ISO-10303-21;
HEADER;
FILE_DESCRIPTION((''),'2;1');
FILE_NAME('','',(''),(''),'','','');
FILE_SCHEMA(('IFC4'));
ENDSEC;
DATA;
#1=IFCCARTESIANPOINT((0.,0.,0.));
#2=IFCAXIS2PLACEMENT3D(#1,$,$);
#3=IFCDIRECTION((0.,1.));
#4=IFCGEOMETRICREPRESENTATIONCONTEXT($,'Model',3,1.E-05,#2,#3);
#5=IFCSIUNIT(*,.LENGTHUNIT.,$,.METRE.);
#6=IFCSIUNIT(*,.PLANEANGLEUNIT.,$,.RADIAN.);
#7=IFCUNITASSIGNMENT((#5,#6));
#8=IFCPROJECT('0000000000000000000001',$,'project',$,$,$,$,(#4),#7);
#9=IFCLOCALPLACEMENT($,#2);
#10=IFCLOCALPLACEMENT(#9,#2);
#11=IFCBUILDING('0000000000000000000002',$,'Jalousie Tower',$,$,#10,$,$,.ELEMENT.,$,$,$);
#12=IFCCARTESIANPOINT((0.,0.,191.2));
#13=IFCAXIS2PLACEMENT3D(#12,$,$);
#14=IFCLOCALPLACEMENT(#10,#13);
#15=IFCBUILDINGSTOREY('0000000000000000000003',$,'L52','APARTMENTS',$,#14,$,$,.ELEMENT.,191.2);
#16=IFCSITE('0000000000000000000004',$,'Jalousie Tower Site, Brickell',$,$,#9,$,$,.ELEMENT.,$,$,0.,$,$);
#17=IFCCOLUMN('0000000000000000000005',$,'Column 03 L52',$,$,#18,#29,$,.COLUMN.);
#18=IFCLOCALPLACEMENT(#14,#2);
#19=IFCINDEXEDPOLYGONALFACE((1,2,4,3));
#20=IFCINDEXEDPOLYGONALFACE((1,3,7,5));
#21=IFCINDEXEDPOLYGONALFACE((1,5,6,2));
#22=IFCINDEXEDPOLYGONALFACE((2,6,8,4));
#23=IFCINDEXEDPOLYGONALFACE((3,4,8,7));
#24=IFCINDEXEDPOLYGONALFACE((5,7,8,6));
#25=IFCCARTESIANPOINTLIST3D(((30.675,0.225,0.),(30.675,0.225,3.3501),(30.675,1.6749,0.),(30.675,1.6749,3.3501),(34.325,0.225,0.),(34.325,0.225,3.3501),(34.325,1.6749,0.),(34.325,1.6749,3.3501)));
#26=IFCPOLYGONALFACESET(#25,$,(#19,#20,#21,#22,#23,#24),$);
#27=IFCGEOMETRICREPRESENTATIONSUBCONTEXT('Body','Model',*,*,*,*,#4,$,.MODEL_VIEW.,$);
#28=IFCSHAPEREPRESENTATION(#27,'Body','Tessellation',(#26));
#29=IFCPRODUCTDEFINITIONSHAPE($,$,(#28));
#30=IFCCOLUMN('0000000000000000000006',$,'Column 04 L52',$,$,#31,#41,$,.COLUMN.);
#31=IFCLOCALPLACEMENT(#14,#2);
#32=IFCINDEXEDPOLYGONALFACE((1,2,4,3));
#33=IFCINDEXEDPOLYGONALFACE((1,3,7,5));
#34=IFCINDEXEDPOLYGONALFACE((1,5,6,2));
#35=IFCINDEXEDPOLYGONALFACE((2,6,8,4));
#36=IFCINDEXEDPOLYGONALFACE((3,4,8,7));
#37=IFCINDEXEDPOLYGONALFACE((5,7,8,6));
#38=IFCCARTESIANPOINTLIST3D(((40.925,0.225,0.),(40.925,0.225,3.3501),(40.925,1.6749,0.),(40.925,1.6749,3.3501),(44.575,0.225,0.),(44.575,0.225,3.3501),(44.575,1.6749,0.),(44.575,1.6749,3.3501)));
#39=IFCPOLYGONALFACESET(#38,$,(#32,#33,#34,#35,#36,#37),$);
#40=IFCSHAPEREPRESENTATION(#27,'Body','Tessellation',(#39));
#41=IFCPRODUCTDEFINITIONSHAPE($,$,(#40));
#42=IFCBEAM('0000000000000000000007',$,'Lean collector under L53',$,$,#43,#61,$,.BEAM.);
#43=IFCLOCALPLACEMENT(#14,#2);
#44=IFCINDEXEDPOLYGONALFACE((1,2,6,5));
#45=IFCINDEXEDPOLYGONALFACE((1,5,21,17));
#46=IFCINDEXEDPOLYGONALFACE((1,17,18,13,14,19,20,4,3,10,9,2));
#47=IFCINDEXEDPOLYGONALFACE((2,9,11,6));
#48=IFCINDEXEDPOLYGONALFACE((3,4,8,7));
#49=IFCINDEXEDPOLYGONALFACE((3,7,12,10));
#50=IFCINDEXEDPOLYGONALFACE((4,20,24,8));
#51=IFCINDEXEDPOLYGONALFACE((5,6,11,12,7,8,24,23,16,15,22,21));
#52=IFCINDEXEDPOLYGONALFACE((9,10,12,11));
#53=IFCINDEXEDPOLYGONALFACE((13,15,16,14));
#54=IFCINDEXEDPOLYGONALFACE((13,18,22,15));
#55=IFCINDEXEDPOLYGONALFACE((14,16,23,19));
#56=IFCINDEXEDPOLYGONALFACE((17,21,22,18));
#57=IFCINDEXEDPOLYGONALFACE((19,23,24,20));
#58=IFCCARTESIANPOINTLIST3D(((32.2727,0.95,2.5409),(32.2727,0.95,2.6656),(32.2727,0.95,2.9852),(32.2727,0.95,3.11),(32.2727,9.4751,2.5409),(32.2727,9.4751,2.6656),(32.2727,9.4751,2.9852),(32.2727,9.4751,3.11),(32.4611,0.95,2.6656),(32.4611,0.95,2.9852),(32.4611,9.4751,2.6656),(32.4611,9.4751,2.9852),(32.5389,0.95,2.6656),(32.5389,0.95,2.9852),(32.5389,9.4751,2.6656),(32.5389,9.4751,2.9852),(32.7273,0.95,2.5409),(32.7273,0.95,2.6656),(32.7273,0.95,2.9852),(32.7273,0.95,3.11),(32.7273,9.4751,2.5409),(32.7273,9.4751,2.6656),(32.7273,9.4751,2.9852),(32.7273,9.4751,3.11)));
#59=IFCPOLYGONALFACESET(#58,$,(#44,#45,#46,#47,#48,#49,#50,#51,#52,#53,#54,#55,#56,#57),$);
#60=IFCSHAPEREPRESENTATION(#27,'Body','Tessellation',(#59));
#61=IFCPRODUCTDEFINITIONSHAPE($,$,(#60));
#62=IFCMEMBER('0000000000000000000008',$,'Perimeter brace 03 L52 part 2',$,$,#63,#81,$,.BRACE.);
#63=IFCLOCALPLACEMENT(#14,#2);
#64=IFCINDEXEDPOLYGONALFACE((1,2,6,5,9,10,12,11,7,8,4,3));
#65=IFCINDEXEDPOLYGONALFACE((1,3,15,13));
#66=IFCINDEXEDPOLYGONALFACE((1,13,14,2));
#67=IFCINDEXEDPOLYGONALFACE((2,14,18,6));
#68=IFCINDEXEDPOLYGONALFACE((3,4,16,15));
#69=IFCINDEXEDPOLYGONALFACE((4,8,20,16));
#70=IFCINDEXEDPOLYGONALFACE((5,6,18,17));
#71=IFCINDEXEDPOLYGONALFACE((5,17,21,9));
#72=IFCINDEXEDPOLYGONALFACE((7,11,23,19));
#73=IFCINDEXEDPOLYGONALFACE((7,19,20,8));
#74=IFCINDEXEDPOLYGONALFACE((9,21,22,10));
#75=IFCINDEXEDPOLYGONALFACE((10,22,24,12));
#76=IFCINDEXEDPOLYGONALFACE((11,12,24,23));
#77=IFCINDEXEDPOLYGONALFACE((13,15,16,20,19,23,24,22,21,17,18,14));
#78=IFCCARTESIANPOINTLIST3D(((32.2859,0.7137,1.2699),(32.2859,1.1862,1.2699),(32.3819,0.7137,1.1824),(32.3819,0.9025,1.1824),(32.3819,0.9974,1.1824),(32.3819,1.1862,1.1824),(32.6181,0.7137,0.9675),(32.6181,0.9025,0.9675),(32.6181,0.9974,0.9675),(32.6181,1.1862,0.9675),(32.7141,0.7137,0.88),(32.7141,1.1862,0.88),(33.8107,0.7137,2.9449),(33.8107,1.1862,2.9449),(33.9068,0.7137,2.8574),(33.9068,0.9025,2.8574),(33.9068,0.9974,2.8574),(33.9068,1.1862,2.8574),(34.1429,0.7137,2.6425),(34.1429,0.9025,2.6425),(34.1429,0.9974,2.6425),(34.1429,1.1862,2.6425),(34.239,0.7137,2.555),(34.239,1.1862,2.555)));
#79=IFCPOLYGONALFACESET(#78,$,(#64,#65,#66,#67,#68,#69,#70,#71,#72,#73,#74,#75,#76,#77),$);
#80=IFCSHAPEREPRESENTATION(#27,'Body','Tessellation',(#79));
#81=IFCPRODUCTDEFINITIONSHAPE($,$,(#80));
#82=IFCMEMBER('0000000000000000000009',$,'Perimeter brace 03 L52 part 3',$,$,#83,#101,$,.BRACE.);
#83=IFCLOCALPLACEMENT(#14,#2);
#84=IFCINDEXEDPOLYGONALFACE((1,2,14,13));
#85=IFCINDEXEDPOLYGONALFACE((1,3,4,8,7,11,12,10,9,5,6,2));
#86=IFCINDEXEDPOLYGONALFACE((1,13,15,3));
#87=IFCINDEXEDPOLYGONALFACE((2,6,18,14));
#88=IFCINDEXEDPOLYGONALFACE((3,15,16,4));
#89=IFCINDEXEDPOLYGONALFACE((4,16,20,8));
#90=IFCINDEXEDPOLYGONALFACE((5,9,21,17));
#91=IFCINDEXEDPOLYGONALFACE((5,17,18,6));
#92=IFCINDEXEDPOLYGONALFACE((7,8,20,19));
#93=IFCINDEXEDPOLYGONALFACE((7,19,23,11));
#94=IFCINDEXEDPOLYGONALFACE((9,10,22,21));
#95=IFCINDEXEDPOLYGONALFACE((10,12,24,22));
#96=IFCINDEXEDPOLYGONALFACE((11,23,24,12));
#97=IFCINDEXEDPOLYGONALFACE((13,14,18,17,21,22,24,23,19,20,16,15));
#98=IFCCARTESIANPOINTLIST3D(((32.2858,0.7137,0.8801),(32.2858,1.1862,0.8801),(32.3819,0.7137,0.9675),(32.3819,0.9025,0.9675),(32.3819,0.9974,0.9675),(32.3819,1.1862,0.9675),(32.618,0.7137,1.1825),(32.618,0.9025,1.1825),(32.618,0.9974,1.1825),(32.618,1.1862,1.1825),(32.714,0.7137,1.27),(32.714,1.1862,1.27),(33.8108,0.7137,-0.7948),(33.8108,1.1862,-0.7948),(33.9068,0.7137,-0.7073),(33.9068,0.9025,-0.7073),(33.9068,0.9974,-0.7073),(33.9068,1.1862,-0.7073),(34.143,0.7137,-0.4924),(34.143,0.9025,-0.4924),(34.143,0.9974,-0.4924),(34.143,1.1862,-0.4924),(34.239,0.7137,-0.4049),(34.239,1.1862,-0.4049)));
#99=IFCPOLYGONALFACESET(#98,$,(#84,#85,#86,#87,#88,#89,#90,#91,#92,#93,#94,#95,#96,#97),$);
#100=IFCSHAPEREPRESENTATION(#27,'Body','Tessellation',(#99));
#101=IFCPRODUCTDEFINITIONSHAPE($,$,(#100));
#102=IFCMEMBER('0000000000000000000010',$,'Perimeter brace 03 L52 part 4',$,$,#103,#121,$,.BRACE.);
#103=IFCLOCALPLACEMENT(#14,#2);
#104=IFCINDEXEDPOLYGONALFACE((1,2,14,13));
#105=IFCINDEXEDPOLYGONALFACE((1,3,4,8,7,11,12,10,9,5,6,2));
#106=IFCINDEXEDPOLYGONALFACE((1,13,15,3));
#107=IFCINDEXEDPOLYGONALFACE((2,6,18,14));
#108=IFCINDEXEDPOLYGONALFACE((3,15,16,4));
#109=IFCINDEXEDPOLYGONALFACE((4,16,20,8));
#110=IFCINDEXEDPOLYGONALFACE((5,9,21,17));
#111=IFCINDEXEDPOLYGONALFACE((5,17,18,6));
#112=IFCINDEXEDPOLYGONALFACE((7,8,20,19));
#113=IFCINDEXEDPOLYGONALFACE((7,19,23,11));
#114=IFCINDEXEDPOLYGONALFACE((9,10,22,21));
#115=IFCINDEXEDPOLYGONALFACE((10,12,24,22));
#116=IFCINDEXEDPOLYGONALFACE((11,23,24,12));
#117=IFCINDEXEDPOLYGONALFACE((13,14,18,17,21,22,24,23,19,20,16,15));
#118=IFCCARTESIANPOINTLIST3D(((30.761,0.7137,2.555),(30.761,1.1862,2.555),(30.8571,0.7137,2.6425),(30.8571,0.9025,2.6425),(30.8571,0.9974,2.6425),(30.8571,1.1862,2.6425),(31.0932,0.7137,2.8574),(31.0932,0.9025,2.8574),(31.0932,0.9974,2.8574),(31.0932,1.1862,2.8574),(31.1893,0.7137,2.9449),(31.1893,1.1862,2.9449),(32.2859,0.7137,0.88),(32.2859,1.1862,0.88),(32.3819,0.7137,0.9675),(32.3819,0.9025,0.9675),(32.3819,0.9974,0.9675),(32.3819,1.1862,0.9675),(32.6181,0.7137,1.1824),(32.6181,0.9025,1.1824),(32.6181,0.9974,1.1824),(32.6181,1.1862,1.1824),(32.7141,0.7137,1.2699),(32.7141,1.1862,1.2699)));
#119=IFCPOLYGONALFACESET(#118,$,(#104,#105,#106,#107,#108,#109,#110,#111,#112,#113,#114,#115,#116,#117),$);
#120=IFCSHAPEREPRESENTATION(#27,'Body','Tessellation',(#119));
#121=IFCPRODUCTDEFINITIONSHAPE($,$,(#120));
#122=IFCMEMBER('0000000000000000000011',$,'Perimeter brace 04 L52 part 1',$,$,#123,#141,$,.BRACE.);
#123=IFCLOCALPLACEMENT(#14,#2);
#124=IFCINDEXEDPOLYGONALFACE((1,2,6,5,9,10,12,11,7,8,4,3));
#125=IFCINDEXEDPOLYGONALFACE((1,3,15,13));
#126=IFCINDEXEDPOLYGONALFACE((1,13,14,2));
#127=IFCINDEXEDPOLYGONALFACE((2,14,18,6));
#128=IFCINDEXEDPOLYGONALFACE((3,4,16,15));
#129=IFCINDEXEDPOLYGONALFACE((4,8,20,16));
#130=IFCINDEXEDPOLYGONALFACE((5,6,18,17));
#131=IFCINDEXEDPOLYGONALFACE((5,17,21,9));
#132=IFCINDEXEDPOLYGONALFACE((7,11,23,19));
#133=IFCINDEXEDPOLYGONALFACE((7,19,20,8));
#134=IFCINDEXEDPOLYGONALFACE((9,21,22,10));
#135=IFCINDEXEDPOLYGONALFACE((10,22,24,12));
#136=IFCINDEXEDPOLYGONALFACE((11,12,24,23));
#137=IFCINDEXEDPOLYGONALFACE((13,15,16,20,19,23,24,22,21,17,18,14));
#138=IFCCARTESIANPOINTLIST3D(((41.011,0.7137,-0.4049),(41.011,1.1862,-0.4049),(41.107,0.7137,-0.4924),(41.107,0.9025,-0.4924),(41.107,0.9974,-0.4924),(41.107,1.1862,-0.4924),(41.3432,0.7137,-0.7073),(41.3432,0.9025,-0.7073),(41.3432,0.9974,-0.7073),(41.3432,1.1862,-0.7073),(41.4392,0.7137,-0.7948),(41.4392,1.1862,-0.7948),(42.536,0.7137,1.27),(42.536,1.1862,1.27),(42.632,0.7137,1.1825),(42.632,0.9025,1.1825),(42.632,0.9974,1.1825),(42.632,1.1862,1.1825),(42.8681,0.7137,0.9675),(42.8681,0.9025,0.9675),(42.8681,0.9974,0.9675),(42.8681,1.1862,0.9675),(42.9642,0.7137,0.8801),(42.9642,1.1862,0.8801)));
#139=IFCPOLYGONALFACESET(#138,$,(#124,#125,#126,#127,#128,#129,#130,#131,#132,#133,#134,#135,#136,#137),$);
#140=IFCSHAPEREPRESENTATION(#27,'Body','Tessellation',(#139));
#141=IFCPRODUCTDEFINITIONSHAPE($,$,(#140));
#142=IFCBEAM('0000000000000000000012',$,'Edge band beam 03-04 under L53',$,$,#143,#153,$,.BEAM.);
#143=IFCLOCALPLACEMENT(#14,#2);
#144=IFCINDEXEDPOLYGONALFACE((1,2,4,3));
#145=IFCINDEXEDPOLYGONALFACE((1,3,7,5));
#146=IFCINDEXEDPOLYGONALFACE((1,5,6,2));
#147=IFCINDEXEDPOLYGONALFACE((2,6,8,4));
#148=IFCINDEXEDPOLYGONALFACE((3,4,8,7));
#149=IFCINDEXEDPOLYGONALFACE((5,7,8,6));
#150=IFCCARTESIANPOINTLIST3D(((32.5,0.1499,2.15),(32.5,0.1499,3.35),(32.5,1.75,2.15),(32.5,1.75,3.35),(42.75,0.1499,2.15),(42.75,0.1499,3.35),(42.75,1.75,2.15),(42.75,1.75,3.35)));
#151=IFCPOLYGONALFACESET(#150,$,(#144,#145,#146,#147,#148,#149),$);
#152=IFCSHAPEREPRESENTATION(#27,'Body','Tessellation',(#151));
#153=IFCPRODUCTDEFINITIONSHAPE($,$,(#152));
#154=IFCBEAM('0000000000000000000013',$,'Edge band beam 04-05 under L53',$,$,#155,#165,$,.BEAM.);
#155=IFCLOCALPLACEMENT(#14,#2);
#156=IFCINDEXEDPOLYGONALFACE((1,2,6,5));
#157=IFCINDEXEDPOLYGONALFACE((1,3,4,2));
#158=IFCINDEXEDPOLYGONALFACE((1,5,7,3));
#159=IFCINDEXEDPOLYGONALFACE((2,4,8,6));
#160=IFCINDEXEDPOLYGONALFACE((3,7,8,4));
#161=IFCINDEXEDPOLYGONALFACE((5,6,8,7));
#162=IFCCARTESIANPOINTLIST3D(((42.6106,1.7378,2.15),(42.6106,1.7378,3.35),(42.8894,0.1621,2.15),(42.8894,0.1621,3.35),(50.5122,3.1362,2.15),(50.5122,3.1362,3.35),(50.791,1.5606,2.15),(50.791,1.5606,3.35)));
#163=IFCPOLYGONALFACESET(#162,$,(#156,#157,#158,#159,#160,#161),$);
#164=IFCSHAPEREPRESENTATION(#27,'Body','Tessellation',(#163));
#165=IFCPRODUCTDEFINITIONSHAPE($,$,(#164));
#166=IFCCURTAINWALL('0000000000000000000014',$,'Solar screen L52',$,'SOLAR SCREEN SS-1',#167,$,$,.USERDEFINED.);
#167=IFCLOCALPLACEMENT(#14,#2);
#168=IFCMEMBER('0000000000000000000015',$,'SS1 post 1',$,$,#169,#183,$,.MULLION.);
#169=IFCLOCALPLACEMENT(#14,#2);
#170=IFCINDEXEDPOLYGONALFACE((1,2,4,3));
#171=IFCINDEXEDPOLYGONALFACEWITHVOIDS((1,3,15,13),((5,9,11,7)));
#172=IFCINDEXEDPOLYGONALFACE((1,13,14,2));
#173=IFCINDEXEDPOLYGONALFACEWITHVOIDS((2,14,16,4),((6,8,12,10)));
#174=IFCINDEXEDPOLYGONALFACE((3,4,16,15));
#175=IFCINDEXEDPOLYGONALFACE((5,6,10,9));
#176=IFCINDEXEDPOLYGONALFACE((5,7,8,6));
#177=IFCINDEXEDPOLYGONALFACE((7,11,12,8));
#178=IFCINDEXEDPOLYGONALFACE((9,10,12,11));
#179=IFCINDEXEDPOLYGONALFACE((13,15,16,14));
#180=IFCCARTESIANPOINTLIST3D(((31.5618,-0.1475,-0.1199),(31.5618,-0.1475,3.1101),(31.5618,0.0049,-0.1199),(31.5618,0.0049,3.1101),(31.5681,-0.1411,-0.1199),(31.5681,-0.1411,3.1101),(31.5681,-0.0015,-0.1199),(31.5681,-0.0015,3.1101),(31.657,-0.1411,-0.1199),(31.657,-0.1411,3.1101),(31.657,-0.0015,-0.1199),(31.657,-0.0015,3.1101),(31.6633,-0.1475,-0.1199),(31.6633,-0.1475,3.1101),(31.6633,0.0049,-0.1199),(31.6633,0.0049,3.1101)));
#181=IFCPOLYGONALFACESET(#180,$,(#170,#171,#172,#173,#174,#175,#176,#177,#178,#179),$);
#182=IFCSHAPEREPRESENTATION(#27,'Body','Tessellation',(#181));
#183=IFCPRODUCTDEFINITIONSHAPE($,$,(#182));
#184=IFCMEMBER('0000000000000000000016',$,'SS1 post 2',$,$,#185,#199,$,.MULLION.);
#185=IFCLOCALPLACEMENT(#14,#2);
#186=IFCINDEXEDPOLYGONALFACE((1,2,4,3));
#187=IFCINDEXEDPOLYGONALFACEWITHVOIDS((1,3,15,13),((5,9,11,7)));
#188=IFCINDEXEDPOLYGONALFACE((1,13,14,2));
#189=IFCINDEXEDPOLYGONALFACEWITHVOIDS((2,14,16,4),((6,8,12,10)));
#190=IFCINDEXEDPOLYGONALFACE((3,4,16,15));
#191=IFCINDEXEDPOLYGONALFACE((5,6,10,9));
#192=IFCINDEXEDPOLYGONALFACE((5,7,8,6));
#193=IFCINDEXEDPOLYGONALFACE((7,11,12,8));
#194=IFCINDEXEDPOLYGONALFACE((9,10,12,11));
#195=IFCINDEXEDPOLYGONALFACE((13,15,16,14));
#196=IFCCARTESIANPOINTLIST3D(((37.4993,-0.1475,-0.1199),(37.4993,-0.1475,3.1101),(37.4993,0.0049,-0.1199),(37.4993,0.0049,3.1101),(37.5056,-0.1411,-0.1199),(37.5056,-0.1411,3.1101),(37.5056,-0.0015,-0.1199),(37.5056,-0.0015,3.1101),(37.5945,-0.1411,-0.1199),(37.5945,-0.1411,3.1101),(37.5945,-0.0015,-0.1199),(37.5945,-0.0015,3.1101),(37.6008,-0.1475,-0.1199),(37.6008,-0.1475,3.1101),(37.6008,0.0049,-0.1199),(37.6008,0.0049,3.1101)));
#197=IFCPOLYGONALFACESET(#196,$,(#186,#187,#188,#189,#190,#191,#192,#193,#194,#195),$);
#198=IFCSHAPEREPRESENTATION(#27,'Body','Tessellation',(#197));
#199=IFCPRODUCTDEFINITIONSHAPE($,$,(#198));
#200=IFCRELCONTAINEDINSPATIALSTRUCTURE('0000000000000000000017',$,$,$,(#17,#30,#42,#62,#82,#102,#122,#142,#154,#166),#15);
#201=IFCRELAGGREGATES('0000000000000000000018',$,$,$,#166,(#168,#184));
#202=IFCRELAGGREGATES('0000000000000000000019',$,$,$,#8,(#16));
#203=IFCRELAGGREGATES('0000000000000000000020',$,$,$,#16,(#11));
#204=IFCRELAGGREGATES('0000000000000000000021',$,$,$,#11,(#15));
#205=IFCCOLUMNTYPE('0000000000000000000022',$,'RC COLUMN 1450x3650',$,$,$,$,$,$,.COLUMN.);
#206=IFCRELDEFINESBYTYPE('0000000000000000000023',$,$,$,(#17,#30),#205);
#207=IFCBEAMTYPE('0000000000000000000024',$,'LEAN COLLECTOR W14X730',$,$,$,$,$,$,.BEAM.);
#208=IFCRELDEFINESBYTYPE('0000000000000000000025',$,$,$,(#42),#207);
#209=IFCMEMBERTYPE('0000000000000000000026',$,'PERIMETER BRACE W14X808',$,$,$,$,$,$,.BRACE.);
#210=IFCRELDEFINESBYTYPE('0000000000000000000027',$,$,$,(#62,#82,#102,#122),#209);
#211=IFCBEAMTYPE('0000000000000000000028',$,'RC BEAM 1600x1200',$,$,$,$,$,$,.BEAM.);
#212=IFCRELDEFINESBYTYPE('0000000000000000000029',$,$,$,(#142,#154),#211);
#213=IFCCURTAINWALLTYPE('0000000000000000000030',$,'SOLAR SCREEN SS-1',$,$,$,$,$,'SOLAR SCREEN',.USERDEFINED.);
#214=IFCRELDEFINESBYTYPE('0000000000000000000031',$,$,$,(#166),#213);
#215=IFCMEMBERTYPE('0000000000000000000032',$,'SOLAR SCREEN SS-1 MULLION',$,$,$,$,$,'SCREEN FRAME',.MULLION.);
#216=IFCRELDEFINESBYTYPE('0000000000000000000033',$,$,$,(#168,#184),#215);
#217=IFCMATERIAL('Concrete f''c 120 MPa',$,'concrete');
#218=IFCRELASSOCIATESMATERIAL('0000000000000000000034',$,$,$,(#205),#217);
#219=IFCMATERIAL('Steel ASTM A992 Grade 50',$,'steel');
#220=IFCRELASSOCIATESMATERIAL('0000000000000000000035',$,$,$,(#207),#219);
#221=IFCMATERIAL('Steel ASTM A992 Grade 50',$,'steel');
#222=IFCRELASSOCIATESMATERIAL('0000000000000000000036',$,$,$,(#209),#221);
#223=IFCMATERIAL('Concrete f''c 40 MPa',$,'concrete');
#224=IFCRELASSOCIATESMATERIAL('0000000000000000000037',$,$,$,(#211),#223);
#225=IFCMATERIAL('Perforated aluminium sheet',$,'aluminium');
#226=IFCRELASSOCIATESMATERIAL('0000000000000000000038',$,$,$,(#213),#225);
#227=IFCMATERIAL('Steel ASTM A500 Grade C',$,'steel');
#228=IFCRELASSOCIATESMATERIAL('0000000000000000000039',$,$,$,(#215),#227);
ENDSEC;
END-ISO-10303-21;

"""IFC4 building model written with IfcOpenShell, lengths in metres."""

from ifc_helpers import new_model, si_unit, direction, frame, origin, origin_2d, place, context, subcontext, project, spatial, rectangle, hollow_rectangle, i_section, extrude, material, material_profile, profile_set, type_object, element, aggregate, save


model = new_model("IFC4")

# Units and contexts
model_context = context("Model", 3, precision=1e-05, world=origin(), true_north=direction((0.0, 1.0)))
body_context = subcontext(model_context, "Body", "Model", "MODEL_VIEW")
ifc_project = project(units=[si_unit("LENGTHUNIT", "METRE"), si_unit("PLANEANGLEUNIT", "RADIAN")], contexts=[model_context])

# Site, building, storey
site_placement = place(None, origin())
site = spatial("IfcSite", under=ifc_project, at=site_placement, Name="Jalousie Tower Site, Brickell", CompositionType="ELEMENT", RefElevation=0.0)
building_placement = place(site_placement, origin())
building = spatial("IfcBuilding", under=site, at=building_placement, Name="Jalousie Tower", CompositionType="ELEMENT")
storey_placement = place(building_placement, frame((0.0, 0.0, 191.2)))
storey = spatial("IfcBuildingStorey", under=building, at=storey_placement, Name="L52", Description="APARTMENTS", CompositionType="ELEMENT", Elevation=191.2)

# Columns
ifc_material_1 = material(Name="Concrete f'c 120 MPa", Category="concrete")
ifc_material_profile_1 = material_profile(ifc_material_1, rectangle(XDim=1.45, YDim=3.6499, at=origin_2d()), Name="RC 1450x3650")
ifc_profile_set_1 = profile_set([ifc_material_profile_1], Name="Concrete f'c 120 MPa")
column_type = type_object("IfcColumnType", Name="RC COLUMN 1450x3650", PredefinedType="COLUMN", material=ifc_profile_set_1)
for number, where, z_axis, x_axis, name in (
    (1, (32.5, 0.95, 0.0), (0.0, 0.0, 1.0), (0.0, 1.0, 0.0), "Column 03 L52"),
    (2, (42.75, 0.95, 0.0), (0.0, 0.0, 1.0), (0.0, 1.0, 0.0), "Column 04 L52"),
):
    element("IfcColumn", number, at=place(storey_placement, frame(where, z_axis=z_axis, x_axis=x_axis)), inside=storey, type_object=column_type, Name=name, PredefinedType="COLUMN", context=body_context, shape_type="SweptSolid", body=[
        extrude(rectangle(XDim=1.45, YDim=3.6499, at=origin_2d()), origin(), (0.0, 0.0, 1.0), 3.3501),
    ])

# Beam
ifc_material_2 = material(Name="Steel ASTM A992 Grade 50", Category="steel")
ifc_material_profile_2 = material_profile(ifc_material_2, i_section(OverallWidth=0.4546, OverallDepth=0.5691, WebThickness=0.0779, FlangeThickness=0.1248, at=origin_2d()), Name="W14X730")
ifc_profile_set_2 = profile_set([ifc_material_profile_2], Name="Steel ASTM A992 Grade 50")
beam_type_1 = type_object("IfcBeamType", Name="LEAN COLLECTOR W14X730", PredefinedType="BEAM", material=ifc_profile_set_2)
beam_1_placement = place(storey_placement, frame((32.5, 0.95, 2.8254), z_axis=(0.0, 1.0, 0.0), x_axis=(-1.0, 0.0, 0.0)))
element("IfcBeam", 3, at=beam_1_placement, inside=storey, type_object=beam_type_1, Name="Lean collector under L53", PredefinedType="BEAM", context=body_context, shape_type="SweptSolid", body=[
    extrude(i_section(OverallWidth=0.4546, OverallDepth=0.5691, WebThickness=0.0779, FlangeThickness=0.1248, at=origin_2d()), origin(), (0.0, 0.0, 1.0), 8.5251),
])

# Members
ifc_material_3 = material(Name="Steel ASTM A992 Grade 50", Category="steel")
ifc_material_profile_3 = material_profile(ifc_material_3, i_section(OverallWidth=0.4724, OverallDepth=0.5791, WebThickness=0.095, FlangeThickness=0.1299, at=origin_2d()), Name="W14X808")
ifc_profile_set_3 = profile_set([ifc_material_profile_3], Name="Steel ASTM A992 Grade 50")
member_type_1 = type_object("IfcMemberType", Name="PERIMETER BRACE W14X808", PredefinedType="BRACE", material=ifc_profile_set_3)
for number, where, z_axis, x_axis, name in (
    (4, (32.5, 0.95, 1.075), (0.673188, 0.0, 0.739472), (0.0, 1.0, 0.0), "Perimeter brace 03 L52 part 2"),
    (5, (34.0249, 0.95, -0.5999), (-0.673241, 0.0, 0.739423), (0.0, -1.0, 0.0), "Perimeter brace 03 L52 part 3"),
    (6, (32.5, 0.95, 1.075), (-0.673188, 0.0, 0.739472), (0.0, -1.0, 0.0), "Perimeter brace 03 L52 part 4"),
    (7, (41.2251, 0.95, -0.5999), (0.673241, 0.0, 0.739423), (0.0, 1.0, 0.0), "Perimeter brace 04 L52 part 1"),
):
    element("IfcMember", number, at=place(storey_placement, frame(where, z_axis=z_axis, x_axis=x_axis)), inside=storey, type_object=member_type_1, Name=name, PredefinedType="BRACE", context=body_context, shape_type="SweptSolid", body=[
        extrude(i_section(OverallWidth=0.4724, OverallDepth=0.5791, WebThickness=0.095, FlangeThickness=0.1299, at=origin_2d()), origin(), (0.0, 0.0, 1.0), 2.2651),
    ])

# Beams
ifc_material_4 = material(Name="Concrete f'c 40 MPa", Category="concrete")
ifc_material_profile_4 = material_profile(ifc_material_4, rectangle(XDim=1.6001, YDim=1.2, at=origin_2d()), Name="RC 1600x1200")
ifc_profile_set_4 = profile_set([ifc_material_profile_4], Name="Concrete f'c 40 MPa")
beam_type_2 = type_object("IfcBeamType", Name="RC BEAM 1600x1200", PredefinedType="BEAM", material=ifc_profile_set_4)
beam_2_placement = place(storey_placement, frame((32.5, 0.95, 2.75), z_axis=(1.0, 0.0, 0.0), x_axis=(0.0, 1.0, 0.0)))
element("IfcBeam", 8, at=beam_2_placement, inside=storey, type_object=beam_type_2, Name="Edge band beam 03-04 under L53", PredefinedType="BEAM", context=body_context, shape_type="SweptSolid", body=[
    extrude(rectangle(XDim=1.6001, YDim=1.2, at=origin_2d()), origin(), (0.0, 0.0, 1.0), 10.25),
])
beam_3_placement = place(storey_placement, frame((42.75, 0.95, 2.75), z_axis=(0.984697, 0.174273, 0.0), x_axis=(-0.174273, 0.984697, 0.0)))
element("IfcBeam", 9, at=beam_3_placement, inside=storey, type_object=beam_type_2, Name="Edge band beam 04-05 under L53", PredefinedType="BEAM", context=body_context, shape_type="SweptSolid", body=[
    extrude(rectangle(XDim=1.6001, YDim=1.2, at=origin_2d()), origin(), (0.0, 0.0, 1.0), 8.0244),
])

# Curtain wall, members
ifc_material_5 = material(Name="Perforated aluminium sheet", Category="aluminium")
curtain_wall_type = type_object("IfcCurtainWallType", Name="SOLAR SCREEN SS-1", ElementType="SOLAR SCREEN", PredefinedType="USERDEFINED", material=ifc_material_5)
curtain_wall_1_placement = place(storey_placement, origin())
curtain_wall_1 = element("IfcCurtainWall", 10, at=curtain_wall_1_placement, inside=storey, type_object=curtain_wall_type, Name="Solar screen L52", ObjectType="SOLAR SCREEN SS-1", PredefinedType="USERDEFINED")
ifc_material_6 = material(Name="Steel ASTM A500 Grade C", Category="steel")
ifc_material_profile_5 = material_profile(ifc_material_6, hollow_rectangle(XDim=0.1016, YDim=0.1523, WallThickness=0.0063, at=origin_2d()), Name="HSS6X4X1/4")
ifc_profile_set_5 = profile_set([ifc_material_profile_5], Name="Steel ASTM A500 Grade C")
member_type_2 = type_object("IfcMemberType", Name="SOLAR SCREEN SS-1 MULLION", ElementType="SCREEN FRAME", PredefinedType="MULLION", material=ifc_profile_set_5)
member_1_placement = place(storey_placement, frame((31.6125, -0.0713, -0.1199), z_axis=(0.0, 0.0, 1.0), x_axis=(1.0, 0.0, 0.0)))
member_1 = element("IfcMember", 11, at=member_1_placement, type_object=member_type_2, Name="SS1 post 1", PredefinedType="MULLION", context=body_context, shape_type="SweptSolid", body=[
    extrude(hollow_rectangle(XDim=0.1016, YDim=0.1523, WallThickness=0.0063, at=origin_2d()), origin(), (0.0, 0.0, 1.0), 3.23),
])
member_2_placement = place(storey_placement, frame((37.55, -0.0713, -0.1199), z_axis=(0.0, 0.0, 1.0), x_axis=(1.0, 0.0, 0.0)))
member_2 = element("IfcMember", 12, at=member_2_placement, type_object=member_type_2, Name="SS1 post 2", PredefinedType="MULLION", context=body_context, shape_type="SweptSolid", body=[
    extrude(hollow_rectangle(XDim=0.1016, YDim=0.1523, WallThickness=0.0063, at=origin_2d()), origin(), (0.0, 0.0, 1.0), 3.23),
])

aggregate(curtain_wall_1, [member_1, member_2])

save(model, "model.ifc")
